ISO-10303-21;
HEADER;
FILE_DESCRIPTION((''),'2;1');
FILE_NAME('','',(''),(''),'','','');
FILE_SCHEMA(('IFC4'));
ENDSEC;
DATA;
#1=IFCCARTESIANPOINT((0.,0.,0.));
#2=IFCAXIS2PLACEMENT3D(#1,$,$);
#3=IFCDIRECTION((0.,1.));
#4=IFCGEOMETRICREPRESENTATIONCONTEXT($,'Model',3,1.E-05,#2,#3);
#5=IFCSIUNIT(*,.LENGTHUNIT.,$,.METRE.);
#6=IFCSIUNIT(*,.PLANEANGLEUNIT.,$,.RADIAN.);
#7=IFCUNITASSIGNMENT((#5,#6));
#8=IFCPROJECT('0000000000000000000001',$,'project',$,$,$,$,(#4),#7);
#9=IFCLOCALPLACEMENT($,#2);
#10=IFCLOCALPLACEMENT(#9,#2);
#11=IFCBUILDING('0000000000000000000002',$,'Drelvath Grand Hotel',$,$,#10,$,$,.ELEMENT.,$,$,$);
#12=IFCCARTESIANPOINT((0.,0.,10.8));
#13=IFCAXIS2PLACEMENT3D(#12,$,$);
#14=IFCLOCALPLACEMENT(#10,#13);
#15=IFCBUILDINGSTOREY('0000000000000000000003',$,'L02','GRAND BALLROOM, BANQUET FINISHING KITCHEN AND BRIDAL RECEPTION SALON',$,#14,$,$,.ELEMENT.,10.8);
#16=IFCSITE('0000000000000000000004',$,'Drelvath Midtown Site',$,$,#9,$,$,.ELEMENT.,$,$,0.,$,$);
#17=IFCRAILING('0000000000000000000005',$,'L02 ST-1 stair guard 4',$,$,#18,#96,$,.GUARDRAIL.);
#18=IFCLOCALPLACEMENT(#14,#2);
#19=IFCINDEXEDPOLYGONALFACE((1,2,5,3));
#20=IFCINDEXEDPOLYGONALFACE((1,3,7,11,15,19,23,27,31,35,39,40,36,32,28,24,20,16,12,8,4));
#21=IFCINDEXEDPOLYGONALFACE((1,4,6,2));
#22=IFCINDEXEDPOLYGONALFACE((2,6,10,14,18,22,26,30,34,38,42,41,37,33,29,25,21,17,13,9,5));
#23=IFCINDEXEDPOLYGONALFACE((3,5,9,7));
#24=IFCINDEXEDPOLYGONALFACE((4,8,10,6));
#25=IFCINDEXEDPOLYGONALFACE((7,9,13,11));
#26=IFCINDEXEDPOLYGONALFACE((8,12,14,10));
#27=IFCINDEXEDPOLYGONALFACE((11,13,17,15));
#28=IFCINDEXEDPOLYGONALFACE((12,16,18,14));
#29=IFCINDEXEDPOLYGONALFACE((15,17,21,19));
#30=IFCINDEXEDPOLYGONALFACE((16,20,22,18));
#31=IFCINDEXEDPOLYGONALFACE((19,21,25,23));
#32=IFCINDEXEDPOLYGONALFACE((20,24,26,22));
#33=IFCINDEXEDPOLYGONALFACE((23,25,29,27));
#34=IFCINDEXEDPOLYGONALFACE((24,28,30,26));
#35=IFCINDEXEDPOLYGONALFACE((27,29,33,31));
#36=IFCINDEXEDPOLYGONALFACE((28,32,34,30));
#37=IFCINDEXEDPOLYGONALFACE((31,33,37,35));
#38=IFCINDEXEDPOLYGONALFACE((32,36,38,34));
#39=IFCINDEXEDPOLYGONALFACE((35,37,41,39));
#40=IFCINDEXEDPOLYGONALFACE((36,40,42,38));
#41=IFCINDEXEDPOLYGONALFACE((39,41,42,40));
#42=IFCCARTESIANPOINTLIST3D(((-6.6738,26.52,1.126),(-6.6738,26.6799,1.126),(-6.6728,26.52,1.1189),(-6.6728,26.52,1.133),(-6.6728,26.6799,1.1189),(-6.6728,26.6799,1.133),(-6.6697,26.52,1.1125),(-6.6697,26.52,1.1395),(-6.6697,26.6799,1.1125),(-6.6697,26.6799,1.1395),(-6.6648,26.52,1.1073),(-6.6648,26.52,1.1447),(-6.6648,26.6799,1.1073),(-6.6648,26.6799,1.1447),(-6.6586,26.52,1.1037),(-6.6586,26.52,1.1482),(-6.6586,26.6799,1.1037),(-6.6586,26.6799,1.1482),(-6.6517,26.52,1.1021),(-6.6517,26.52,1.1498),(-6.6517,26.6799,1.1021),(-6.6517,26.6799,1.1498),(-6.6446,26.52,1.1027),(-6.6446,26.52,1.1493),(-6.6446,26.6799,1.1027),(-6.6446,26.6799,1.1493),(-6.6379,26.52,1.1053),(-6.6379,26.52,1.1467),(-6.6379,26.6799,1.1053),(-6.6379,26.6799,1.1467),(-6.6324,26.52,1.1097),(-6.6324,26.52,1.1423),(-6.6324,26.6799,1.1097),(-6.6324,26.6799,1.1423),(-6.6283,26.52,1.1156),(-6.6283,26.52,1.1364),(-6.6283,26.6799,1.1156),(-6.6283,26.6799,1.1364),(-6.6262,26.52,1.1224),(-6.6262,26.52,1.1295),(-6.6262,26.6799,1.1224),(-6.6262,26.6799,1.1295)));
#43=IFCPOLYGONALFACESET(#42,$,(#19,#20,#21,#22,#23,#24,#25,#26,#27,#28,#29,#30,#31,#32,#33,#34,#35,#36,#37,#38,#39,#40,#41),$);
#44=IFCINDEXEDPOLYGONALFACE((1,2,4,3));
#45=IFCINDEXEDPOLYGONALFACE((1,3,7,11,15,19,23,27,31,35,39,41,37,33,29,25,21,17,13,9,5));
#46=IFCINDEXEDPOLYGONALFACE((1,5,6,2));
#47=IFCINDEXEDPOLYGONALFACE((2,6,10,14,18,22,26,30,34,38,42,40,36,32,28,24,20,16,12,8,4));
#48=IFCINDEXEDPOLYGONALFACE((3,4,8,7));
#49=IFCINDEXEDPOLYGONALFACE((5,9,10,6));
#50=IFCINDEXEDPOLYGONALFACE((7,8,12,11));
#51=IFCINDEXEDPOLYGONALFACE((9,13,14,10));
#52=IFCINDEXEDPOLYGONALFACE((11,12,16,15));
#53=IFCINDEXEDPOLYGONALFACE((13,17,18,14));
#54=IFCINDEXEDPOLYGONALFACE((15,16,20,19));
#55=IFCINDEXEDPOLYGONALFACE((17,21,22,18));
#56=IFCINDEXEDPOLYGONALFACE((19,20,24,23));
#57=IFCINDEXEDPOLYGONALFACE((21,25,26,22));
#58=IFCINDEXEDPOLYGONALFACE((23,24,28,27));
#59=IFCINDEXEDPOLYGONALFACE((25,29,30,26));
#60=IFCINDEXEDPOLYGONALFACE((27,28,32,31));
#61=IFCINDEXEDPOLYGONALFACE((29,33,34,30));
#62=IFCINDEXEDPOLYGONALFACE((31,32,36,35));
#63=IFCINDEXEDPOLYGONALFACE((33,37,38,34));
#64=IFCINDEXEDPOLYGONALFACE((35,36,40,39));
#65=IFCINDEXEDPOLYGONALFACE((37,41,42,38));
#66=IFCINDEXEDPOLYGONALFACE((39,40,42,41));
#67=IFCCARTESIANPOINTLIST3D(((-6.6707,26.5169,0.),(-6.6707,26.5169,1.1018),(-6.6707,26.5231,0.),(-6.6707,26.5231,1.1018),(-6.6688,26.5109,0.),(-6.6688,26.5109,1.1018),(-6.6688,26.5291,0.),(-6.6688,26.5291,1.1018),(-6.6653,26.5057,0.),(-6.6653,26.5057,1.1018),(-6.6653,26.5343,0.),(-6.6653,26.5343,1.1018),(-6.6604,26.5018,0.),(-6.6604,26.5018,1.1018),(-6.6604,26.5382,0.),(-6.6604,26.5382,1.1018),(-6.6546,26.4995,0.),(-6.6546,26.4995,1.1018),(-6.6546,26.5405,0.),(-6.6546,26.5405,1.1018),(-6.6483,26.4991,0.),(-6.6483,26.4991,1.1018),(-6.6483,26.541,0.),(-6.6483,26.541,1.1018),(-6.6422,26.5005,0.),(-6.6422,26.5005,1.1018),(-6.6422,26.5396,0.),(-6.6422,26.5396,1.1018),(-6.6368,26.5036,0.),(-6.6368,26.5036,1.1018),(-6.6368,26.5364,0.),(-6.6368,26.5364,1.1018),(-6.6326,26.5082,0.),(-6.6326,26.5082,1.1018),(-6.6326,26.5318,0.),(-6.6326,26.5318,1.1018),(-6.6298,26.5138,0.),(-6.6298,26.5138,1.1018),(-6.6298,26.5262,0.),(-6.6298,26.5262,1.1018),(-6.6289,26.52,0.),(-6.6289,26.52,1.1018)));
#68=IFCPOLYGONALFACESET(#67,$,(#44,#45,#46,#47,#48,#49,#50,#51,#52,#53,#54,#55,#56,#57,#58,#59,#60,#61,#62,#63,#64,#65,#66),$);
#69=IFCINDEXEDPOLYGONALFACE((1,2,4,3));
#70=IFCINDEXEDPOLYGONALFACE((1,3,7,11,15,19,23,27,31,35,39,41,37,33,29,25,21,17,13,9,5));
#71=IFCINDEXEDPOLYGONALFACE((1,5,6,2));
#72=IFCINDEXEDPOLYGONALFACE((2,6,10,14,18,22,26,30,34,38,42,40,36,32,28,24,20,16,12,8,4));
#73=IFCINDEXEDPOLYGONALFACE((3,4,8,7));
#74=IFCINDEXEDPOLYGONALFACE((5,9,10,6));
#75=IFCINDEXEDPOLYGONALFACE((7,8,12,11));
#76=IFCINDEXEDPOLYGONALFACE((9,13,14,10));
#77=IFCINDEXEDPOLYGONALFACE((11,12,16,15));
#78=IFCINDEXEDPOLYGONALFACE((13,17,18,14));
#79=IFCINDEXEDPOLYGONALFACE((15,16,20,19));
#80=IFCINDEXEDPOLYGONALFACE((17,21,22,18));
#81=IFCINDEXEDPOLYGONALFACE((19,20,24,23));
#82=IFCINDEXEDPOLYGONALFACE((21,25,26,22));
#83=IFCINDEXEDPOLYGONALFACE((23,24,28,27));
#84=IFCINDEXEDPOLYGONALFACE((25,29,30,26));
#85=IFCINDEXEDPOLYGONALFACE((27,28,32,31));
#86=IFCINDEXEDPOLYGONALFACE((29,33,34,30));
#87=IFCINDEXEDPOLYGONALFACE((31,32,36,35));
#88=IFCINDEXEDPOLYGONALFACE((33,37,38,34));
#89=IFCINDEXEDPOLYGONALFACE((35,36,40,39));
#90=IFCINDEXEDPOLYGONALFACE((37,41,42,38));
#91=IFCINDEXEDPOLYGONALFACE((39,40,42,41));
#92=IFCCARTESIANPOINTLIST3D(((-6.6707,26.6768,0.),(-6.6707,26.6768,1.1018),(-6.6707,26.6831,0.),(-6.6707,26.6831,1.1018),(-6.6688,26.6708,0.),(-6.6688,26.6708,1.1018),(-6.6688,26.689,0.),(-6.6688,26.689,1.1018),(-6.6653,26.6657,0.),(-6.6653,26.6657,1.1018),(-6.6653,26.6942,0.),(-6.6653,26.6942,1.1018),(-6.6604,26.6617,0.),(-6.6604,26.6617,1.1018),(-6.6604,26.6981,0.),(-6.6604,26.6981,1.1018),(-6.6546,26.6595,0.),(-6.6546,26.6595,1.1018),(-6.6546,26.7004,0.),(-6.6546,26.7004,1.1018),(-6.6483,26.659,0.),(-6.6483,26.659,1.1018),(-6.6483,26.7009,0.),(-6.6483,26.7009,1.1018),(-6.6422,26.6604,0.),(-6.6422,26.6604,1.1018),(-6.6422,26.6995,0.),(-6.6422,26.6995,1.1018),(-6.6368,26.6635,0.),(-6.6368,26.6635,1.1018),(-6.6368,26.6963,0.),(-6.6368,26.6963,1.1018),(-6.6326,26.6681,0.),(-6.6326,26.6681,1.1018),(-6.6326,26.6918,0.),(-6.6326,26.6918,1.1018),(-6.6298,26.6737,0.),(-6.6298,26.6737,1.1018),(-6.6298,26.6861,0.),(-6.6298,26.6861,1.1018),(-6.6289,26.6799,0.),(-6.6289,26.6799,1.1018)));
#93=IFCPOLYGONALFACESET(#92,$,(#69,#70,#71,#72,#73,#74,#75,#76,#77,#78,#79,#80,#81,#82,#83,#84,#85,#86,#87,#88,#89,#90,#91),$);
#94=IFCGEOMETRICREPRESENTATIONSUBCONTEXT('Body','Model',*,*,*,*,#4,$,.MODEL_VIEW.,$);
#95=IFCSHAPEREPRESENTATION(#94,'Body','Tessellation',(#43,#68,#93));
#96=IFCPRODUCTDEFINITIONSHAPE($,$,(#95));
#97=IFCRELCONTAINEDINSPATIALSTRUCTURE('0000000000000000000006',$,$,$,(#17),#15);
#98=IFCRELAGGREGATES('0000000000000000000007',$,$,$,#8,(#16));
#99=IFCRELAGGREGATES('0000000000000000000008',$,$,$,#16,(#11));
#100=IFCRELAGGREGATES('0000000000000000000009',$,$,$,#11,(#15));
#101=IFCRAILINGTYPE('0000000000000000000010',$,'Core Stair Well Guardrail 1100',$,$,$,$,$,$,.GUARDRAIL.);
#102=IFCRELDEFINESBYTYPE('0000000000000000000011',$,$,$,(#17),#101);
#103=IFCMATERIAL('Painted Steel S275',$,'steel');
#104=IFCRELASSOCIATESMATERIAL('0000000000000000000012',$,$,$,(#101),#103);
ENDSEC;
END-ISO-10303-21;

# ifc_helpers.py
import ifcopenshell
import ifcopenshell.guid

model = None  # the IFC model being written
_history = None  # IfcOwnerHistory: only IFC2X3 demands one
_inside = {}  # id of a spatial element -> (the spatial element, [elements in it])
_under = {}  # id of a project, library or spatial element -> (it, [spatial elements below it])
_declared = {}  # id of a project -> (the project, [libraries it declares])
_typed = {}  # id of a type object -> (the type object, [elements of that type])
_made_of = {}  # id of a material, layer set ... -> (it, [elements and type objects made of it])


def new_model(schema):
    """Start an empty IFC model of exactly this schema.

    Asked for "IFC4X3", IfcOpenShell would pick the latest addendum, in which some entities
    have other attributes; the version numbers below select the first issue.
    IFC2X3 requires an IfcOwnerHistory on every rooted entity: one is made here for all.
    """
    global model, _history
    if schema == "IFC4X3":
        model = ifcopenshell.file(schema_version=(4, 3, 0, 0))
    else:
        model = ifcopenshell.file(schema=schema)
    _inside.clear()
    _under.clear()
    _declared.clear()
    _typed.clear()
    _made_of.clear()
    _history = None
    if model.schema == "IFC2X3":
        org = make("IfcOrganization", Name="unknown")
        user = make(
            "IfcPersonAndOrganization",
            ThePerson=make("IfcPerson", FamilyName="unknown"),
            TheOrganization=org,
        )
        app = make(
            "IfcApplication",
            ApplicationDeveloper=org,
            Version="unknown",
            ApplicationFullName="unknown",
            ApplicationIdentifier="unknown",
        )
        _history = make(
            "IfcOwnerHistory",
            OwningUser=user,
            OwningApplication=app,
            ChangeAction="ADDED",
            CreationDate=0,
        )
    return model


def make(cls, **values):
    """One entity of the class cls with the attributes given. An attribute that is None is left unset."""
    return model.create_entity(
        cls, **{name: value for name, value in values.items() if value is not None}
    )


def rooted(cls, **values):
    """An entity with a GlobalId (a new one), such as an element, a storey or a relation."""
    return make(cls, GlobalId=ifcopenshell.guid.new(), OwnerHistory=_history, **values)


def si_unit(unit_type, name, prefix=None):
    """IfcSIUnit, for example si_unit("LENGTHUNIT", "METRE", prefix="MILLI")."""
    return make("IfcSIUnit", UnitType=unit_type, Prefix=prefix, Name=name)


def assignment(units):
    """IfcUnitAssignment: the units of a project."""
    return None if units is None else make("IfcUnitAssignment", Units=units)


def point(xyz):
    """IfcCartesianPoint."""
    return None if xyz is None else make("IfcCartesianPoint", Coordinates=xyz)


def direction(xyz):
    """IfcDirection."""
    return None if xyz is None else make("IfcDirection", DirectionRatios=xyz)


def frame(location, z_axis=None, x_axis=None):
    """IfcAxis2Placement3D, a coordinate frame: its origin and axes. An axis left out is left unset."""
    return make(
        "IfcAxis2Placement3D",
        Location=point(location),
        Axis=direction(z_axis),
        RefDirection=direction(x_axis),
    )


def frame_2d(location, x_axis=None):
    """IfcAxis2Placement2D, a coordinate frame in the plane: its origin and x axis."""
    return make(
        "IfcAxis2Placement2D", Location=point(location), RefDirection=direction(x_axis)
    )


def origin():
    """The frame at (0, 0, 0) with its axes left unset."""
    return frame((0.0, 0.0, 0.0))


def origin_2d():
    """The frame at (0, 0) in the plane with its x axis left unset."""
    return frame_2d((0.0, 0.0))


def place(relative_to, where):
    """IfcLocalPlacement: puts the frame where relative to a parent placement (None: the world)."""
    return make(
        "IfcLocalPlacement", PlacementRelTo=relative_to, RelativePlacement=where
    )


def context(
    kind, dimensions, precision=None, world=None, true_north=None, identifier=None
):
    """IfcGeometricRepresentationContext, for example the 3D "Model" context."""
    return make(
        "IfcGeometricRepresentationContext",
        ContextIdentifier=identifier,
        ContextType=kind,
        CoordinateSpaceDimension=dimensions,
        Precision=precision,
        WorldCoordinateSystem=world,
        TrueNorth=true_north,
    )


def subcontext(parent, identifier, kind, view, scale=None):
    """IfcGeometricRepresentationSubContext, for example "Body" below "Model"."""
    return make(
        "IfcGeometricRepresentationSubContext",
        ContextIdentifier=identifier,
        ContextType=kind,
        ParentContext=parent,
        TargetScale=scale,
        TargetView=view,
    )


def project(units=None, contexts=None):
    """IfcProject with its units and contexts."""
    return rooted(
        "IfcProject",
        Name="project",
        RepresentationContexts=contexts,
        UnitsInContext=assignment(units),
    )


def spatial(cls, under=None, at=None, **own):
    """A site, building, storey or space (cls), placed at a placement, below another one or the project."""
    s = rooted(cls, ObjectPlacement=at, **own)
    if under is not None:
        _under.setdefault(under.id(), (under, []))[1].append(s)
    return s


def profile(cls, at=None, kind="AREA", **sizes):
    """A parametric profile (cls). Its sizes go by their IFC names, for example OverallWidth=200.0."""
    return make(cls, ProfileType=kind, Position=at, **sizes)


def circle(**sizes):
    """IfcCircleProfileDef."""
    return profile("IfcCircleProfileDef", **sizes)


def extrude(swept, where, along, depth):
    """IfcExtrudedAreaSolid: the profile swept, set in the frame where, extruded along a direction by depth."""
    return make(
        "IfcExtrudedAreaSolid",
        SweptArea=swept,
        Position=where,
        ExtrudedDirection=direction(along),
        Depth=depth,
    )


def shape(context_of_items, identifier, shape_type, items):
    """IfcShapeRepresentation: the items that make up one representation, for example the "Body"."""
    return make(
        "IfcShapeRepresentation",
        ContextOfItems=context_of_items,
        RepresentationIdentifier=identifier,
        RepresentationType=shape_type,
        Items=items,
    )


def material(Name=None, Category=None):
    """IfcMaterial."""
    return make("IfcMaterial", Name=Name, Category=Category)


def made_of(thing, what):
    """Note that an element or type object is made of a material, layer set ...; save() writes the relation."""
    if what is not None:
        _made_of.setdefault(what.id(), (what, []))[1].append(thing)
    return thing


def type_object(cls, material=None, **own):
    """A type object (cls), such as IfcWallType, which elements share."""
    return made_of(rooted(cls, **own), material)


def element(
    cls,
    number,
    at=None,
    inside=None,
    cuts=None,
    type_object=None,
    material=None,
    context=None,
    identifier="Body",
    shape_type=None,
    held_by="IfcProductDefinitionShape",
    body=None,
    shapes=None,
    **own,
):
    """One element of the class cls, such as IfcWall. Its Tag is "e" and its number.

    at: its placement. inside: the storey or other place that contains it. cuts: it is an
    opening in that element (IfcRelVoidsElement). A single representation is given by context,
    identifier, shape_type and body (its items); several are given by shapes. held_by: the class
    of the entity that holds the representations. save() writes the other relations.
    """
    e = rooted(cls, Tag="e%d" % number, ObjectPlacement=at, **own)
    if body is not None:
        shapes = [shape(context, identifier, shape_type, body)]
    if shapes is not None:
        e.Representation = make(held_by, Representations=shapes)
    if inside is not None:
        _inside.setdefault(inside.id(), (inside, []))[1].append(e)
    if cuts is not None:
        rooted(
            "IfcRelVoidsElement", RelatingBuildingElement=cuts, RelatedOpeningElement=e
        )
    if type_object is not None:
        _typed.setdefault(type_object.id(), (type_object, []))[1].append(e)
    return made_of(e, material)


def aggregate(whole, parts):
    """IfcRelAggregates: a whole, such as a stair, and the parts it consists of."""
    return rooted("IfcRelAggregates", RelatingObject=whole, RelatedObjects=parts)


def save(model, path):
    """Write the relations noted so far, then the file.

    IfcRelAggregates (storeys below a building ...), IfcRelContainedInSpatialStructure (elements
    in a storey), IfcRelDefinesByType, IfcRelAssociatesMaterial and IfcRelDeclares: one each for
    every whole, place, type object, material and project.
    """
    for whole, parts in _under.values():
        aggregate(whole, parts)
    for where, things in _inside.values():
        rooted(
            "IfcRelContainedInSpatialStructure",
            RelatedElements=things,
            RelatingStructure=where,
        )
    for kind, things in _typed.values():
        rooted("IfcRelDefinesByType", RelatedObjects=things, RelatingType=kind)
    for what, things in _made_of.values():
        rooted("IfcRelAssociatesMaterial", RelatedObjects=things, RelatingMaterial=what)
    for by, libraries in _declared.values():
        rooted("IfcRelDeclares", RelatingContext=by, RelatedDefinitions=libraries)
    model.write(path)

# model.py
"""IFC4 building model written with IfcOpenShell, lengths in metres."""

from ifc_helpers import new_model, si_unit, direction, frame, origin, origin_2d, place, context, subcontext, project, spatial, circle, extrude, material, type_object, element, save


model = new_model("IFC4")

# Units and contexts
model_context = context("Model", 3, precision=1e-05, world=origin(), true_north=direction((0.0, 1.0)))
body_context = subcontext(model_context, "Body", "Model", "MODEL_VIEW")
ifc_project = project(units=[si_unit("LENGTHUNIT", "METRE"), si_unit("PLANEANGLEUNIT", "RADIAN")], contexts=[model_context])

# Site, building, storey
site_placement = place(None, origin())
site = spatial("IfcSite", under=ifc_project, at=site_placement, Name="Drelvath Midtown Site", CompositionType="ELEMENT", RefElevation=0.0)
building_placement = place(site_placement, origin())
building = spatial("IfcBuilding", under=site, at=building_placement, Name="Drelvath Grand Hotel", CompositionType="ELEMENT")
storey_placement = place(building_placement, frame((0.0, 0.0, 10.8)))
storey = spatial("IfcBuildingStorey", under=building, at=storey_placement, Name="L02", Description="GRAND BALLROOM, BANQUET FINISHING KITCHEN AND BRIDAL RECEPTION SALON", CompositionType="ELEMENT", Elevation=10.8)

# Shared definitions
ifc_material_1 = material(Name="Painted Steel S275", Category="steel")

# Railing
railing_type_1 = type_object("IfcRailingType", Name="Core Stair Well Guardrail 1100", PredefinedType="GUARDRAIL", material=ifc_material_1)
railing_1_placement = place(storey_placement, frame((-6.6499, 26.52, 0.0)))
element("IfcRailing", 1, at=railing_1_placement, inside=storey, type_object=railing_type_1, Name="L02 ST-1 stair guard 4", PredefinedType="GUARDRAIL", context=body_context, shape_type="SweptSolid", body=[
    extrude(circle(Radius=0.0239, at=origin_2d()), frame((0.0, 0.0, 1.126), z_axis=(0.0, 1.0, 0.0), x_axis=(-1.0, 0.0, 0.0)), (0.0, 0.0, 1.0), 0.1599),
    extrude(circle(Radius=0.021, at=origin_2d()), origin(), (0.0, 0.0, 1.0), 1.1018),
    extrude(circle(Radius=0.021, at=origin_2d()), frame((0.0, 0.1599, 0.0)), (0.0, 0.0, 1.0), 1.1018),
])

save(model, "model.ifc")
